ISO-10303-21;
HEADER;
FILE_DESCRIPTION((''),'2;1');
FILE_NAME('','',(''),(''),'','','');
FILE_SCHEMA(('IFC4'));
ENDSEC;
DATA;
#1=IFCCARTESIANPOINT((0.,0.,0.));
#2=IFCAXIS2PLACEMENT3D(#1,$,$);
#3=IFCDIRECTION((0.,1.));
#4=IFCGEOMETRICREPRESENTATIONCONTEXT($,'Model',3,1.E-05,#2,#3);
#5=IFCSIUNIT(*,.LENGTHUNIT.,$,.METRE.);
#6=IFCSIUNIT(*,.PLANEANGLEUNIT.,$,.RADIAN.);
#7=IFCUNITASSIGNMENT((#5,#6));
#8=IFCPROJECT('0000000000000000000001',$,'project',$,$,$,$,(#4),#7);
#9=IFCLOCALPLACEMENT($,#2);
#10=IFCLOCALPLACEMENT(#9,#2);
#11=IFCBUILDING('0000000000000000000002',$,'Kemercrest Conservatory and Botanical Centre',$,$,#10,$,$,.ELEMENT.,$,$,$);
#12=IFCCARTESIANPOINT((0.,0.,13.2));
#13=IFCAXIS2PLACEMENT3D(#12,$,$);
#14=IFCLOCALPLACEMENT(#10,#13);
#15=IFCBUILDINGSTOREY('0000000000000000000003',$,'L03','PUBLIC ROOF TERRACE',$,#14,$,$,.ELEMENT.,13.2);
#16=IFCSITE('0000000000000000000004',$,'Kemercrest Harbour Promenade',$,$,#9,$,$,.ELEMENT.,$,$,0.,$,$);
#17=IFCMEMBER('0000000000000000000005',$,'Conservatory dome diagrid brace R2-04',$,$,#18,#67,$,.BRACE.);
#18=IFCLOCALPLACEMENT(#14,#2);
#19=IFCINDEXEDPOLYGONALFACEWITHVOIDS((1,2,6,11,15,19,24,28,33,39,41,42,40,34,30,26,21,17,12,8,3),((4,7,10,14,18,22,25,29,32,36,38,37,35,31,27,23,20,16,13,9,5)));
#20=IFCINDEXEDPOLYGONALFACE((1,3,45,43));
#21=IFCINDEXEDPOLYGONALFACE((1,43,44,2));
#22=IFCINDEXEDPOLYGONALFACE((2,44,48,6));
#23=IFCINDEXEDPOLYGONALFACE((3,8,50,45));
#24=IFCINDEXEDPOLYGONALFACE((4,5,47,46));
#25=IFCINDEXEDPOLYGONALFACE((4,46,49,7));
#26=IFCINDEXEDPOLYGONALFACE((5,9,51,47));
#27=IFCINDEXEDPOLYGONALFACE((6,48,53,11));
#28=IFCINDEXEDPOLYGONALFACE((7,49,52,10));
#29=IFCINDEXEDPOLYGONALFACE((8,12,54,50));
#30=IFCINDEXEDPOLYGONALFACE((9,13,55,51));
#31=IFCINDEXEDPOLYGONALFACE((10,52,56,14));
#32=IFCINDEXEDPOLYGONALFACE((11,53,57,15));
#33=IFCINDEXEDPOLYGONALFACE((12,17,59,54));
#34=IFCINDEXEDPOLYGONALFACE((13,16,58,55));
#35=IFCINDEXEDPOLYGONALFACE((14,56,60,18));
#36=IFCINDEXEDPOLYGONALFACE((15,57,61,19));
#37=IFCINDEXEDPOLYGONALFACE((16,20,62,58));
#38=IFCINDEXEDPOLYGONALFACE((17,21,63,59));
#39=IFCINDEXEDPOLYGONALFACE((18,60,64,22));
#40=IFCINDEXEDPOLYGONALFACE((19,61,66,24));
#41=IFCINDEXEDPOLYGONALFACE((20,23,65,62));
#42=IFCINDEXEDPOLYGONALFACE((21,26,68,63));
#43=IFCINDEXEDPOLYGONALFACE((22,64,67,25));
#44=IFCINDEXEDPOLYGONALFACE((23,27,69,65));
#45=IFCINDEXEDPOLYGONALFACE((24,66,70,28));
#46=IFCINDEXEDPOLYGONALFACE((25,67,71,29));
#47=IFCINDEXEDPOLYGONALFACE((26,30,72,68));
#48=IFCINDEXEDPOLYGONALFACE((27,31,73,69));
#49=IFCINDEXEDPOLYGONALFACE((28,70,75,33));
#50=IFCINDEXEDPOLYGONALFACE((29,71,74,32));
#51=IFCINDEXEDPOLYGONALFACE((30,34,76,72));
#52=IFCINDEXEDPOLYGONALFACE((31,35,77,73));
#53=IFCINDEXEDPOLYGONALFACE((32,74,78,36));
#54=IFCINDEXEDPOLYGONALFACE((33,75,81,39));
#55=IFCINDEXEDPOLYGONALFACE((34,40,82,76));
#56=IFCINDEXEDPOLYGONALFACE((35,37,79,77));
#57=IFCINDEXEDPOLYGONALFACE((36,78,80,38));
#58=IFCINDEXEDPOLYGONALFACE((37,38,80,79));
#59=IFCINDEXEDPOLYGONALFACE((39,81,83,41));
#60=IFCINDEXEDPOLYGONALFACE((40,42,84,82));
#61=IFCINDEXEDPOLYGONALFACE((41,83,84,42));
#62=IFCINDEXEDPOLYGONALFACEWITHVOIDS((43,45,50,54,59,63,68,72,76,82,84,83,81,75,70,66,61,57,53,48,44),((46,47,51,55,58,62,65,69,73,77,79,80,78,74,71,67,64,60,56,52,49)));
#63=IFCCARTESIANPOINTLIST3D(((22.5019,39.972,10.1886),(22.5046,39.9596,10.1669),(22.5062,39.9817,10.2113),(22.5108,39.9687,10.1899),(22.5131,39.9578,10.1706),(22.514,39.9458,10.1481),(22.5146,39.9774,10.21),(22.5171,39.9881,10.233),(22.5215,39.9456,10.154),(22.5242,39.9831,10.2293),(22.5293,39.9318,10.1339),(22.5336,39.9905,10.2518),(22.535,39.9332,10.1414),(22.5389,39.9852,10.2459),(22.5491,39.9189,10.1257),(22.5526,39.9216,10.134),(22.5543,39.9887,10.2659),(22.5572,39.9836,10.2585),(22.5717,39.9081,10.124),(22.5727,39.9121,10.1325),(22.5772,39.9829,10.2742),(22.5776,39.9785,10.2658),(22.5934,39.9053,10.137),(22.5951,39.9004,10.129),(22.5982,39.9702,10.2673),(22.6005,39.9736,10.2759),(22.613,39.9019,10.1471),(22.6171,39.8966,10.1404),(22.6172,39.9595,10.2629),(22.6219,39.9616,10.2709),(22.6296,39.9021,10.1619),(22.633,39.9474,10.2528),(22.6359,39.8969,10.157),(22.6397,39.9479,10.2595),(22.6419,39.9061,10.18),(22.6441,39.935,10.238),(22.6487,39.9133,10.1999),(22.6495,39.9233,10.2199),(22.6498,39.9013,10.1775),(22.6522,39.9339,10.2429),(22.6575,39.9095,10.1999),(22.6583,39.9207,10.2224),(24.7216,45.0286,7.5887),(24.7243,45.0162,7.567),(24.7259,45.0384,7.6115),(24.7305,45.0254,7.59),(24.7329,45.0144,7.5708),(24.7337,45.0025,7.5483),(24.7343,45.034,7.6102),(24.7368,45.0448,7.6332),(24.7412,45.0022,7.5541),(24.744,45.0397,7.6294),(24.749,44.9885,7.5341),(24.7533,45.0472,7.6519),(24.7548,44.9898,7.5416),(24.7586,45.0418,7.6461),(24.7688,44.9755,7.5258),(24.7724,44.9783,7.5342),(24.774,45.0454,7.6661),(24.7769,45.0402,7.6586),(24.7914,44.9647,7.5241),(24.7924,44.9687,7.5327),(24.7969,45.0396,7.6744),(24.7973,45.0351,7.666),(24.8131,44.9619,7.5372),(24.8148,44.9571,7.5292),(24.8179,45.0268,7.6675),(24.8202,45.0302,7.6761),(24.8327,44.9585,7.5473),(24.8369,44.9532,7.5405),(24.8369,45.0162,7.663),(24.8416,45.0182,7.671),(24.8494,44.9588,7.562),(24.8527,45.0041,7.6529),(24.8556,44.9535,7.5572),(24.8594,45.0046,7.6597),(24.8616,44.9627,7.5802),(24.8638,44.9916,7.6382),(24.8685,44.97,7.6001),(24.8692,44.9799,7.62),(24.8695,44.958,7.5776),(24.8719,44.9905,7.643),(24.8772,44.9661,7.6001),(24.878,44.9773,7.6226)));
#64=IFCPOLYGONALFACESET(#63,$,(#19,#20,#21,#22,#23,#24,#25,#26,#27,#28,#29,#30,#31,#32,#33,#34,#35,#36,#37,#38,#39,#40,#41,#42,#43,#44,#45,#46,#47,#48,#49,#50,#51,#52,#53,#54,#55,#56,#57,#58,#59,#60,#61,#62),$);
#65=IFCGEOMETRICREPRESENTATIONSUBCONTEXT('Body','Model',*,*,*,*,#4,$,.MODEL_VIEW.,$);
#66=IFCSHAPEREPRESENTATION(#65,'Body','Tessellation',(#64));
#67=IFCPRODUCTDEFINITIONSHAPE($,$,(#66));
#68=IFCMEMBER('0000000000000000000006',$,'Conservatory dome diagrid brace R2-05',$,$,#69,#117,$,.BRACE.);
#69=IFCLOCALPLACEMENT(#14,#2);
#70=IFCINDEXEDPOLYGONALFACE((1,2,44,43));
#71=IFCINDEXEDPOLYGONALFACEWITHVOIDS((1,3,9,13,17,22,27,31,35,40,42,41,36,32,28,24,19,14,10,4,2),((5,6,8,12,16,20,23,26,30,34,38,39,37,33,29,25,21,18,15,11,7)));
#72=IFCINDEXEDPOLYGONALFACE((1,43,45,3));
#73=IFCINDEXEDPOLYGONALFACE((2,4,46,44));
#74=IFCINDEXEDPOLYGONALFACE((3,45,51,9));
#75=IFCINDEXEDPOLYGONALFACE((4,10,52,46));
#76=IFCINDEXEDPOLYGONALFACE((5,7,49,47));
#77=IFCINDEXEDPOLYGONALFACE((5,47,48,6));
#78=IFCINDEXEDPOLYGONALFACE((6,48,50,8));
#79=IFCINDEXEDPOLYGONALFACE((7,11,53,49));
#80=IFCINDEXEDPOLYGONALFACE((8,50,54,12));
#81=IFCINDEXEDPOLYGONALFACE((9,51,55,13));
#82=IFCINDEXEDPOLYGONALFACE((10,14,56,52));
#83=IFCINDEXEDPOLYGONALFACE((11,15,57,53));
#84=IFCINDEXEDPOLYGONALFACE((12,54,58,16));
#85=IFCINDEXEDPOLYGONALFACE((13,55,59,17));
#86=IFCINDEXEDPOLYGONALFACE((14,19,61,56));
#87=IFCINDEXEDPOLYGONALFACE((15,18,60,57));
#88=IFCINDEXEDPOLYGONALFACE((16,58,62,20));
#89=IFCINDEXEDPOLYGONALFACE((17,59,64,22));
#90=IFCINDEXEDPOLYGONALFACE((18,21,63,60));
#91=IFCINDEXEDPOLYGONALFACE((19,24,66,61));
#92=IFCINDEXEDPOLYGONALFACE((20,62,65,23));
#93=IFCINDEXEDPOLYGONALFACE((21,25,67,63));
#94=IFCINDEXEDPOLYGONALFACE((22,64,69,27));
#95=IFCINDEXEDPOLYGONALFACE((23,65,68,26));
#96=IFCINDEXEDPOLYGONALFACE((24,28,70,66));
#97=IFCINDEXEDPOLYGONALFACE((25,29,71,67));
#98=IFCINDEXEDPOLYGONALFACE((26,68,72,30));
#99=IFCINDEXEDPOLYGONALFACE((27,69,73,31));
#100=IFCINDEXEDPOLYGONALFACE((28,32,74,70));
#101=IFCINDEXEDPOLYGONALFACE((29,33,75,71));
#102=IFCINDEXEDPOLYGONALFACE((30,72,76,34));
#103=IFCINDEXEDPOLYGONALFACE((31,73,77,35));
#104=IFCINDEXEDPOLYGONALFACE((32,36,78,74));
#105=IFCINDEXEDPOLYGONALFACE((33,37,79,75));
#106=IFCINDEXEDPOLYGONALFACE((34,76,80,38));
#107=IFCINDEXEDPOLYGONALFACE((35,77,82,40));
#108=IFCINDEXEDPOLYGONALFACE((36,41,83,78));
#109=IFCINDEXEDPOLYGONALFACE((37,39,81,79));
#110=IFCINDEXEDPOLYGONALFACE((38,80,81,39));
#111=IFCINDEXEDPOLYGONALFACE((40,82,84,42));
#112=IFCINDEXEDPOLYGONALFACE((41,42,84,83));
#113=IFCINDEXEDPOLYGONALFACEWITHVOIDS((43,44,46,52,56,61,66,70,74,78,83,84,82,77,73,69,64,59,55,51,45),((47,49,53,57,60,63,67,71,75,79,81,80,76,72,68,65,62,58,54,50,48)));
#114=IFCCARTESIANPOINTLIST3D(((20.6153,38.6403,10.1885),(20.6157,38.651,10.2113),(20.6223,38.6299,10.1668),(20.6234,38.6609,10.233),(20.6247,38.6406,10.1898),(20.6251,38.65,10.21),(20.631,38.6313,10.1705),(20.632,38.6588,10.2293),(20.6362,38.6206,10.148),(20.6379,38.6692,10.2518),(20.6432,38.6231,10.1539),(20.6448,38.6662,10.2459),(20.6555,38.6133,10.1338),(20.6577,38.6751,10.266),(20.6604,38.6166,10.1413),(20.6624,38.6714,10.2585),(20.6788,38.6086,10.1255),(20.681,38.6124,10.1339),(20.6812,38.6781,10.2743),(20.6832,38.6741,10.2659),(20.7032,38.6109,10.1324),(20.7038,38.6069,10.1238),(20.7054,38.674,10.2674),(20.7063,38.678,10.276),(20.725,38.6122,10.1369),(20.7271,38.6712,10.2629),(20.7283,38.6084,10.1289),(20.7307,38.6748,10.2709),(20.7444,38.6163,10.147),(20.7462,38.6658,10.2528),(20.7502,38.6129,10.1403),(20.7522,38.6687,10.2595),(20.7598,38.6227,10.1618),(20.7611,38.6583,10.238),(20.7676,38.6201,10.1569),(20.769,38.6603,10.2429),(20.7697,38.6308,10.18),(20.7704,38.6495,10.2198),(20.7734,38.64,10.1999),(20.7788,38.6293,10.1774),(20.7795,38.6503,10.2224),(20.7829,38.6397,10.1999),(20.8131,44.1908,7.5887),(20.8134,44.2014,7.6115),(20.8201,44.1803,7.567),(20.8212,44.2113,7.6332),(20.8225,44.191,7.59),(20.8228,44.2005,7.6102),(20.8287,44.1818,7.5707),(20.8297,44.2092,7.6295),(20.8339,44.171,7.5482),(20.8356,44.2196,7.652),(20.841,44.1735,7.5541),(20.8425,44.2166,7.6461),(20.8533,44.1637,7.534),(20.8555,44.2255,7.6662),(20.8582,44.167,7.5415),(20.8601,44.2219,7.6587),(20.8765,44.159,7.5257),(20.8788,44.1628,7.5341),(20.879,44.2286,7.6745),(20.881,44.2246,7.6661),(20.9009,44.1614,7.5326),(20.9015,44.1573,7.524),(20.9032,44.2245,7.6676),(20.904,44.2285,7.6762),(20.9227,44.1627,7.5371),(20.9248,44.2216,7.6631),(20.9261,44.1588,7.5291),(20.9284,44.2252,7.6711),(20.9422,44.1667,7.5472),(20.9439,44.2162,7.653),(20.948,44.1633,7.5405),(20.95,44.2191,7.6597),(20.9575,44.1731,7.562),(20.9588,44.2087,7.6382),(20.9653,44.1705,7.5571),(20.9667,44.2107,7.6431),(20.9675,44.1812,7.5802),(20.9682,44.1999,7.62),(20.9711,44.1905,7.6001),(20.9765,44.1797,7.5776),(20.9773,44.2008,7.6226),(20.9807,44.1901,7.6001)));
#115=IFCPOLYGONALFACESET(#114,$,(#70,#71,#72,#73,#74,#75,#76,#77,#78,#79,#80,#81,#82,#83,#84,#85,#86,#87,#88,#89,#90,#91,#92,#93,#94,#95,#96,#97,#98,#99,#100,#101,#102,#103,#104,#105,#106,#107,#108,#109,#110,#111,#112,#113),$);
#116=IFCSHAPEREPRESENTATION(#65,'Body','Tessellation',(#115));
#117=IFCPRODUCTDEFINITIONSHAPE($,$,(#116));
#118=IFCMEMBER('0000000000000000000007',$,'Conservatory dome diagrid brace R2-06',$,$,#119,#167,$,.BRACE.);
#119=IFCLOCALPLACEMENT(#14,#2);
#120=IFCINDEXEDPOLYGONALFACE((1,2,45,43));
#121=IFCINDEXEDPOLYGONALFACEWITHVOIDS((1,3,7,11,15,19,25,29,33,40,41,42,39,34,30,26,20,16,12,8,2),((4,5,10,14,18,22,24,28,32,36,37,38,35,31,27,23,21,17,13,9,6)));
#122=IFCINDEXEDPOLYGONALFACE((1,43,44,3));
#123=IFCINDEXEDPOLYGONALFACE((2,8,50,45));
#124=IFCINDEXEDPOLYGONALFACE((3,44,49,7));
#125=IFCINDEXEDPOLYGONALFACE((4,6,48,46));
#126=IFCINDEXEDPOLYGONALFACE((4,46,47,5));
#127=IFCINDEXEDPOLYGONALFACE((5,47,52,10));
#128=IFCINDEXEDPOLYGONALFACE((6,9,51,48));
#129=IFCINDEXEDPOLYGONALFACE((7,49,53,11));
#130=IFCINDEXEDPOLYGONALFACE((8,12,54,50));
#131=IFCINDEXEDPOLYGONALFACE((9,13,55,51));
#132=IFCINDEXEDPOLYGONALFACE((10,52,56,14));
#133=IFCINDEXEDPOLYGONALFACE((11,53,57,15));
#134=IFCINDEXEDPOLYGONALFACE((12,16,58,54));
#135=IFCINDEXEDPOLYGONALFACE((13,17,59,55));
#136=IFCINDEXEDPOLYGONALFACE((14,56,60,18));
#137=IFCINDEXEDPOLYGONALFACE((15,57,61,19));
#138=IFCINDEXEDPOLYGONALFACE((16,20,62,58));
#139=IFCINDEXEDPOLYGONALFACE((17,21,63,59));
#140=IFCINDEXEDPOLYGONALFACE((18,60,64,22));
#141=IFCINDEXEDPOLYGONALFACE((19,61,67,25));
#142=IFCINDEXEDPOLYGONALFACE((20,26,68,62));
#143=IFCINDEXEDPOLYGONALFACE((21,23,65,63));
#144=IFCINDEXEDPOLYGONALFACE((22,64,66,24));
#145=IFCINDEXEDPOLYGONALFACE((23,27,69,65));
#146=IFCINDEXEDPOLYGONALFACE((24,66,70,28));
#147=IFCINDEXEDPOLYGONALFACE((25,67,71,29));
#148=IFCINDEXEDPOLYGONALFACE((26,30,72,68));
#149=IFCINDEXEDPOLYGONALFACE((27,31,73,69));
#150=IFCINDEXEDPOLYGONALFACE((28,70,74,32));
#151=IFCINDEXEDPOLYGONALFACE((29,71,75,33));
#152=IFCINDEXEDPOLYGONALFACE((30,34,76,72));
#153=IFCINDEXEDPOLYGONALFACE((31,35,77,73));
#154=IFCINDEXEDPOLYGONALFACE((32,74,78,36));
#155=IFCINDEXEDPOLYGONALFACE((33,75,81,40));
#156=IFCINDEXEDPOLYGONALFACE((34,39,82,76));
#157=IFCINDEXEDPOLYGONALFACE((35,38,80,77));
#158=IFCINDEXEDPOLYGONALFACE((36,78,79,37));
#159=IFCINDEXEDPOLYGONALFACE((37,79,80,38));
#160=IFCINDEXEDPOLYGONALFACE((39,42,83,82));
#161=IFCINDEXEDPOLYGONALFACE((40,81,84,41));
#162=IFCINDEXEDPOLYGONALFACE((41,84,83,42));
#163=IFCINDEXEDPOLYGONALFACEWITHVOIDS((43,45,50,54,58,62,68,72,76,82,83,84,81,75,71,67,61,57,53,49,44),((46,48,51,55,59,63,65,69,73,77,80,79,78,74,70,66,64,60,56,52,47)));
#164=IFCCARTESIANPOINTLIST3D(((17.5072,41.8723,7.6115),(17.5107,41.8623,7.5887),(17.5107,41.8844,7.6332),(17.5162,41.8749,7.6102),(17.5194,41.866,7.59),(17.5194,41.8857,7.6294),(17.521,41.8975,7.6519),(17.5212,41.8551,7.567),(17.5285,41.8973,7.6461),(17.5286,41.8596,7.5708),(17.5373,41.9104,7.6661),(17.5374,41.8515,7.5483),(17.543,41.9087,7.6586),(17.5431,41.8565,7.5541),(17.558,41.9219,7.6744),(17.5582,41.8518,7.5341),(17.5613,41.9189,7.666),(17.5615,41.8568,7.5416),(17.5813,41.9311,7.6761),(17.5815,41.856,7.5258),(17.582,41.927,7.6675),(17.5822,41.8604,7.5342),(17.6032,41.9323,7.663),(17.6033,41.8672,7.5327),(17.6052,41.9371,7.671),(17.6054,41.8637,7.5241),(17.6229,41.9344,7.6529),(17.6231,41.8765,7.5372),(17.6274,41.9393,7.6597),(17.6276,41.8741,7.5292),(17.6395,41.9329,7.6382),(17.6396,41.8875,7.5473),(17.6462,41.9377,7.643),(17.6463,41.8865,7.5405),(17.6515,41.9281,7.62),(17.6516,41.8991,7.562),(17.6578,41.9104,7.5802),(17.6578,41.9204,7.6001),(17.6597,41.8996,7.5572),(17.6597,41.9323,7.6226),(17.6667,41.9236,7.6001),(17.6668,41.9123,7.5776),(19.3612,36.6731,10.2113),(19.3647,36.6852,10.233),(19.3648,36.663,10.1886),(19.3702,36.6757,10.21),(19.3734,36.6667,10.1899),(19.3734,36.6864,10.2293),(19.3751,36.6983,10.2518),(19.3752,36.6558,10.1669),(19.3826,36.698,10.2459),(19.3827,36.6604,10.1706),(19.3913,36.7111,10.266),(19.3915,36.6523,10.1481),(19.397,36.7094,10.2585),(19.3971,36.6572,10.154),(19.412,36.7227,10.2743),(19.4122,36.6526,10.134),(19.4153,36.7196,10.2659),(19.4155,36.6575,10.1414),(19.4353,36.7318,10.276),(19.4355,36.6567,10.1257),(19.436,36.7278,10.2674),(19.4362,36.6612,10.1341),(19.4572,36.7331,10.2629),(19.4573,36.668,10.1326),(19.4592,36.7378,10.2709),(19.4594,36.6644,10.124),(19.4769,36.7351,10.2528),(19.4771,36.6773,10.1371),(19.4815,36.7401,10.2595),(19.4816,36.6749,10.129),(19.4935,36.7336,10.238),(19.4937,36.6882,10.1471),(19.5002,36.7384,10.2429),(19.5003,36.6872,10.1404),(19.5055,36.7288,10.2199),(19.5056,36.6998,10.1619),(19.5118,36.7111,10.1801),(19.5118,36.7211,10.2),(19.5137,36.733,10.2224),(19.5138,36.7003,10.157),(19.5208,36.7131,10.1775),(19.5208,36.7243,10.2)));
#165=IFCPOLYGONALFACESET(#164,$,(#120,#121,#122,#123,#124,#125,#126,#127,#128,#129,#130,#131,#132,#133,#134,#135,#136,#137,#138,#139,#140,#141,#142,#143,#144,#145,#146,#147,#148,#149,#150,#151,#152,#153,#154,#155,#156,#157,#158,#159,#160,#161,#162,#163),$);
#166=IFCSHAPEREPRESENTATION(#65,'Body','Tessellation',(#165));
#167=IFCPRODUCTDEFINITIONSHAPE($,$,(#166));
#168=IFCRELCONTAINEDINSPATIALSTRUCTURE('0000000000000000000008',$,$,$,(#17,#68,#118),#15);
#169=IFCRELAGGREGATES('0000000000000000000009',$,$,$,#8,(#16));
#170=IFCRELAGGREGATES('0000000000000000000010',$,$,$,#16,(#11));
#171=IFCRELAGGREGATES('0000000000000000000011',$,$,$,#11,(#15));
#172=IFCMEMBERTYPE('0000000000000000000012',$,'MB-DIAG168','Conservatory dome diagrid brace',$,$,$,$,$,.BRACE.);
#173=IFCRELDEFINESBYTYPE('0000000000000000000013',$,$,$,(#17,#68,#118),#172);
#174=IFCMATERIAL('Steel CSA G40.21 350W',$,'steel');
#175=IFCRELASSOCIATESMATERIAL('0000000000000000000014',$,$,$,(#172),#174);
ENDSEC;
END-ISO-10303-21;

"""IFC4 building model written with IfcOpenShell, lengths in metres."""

from ifc_helpers import new_model, si_unit, direction, frame, origin, origin_2d, place, context, subcontext, project, spatial, hollow_circle, extrude, material, material_profile, profile_set, type_object, element, save


model = new_model("IFC4")

# Units and contexts
model_context = context("Model", 3, precision=1e-05, world=origin(), true_north=direction((0.0, 1.0)))
body_context = subcontext(model_context, "Body", "Model", "MODEL_VIEW")
ifc_project = project(units=[si_unit("LENGTHUNIT", "METRE"), si_unit("PLANEANGLEUNIT", "RADIAN")], contexts=[model_context])

# Site, building, storey
site_placement = place(None, origin())
site = spatial("IfcSite", under=ifc_project, at=site_placement, Name="Kemercrest Harbour Promenade", CompositionType="ELEMENT", RefElevation=0.0)
building_placement = place(site_placement, origin())
building = spatial("IfcBuilding", under=site, at=building_placement, Name="Kemercrest Conservatory and Botanical Centre", CompositionType="ELEMENT")
storey_placement = place(building_placement, frame((0.0, 0.0, 13.2)))
storey = spatial("IfcBuildingStorey", under=building, at=storey_placement, Name="L03", Description="PUBLIC ROOF TERRACE", CompositionType="ELEMENT", Elevation=13.2)

# Shared definitions
ifc_material_1 = material(Name="Steel CSA G40.21 350W", Category="steel")

# Members
ifc_material_profile_1 = material_profile(ifc_material_1, hollow_circle(Radius=0.0842, WallThickness=0.0095, at=origin_2d()), Name="CHS 168.3x9.5")
ifc_profile_set_1 = profile_set([ifc_material_profile_1], Name="Steel CSA G40.21 350W")
member_type_1 = type_object("IfcMemberType", Name="MB-DIAG168", Description="Conservatory dome diagrid brace", PredefinedType="BRACE", material=ifc_profile_set_1)
member_1_placement = place(storey_placement, frame((24.8, 45.0, 7.6001), z_axis=(-0.363665, -0.828445, 0.425942), x_axis=(0.915661, -0.40195, 0.0)))
element("IfcMember", 1, at=member_1_placement, inside=storey, type_object=member_type_1, Name="Conservatory dome diagrid brace R2-04", PredefinedType="BRACE", context=body_context, shape_type="SweptSolid", body=[
    extrude(hollow_circle(Radius=0.0842, WallThickness=0.0095, at=origin_2d()), origin(), (0.0, 0.0, 1.0), 6.1038),
])
member_2_placement = place(storey_placement, frame((20.8965, 44.1931, 7.6001), z_axis=(-0.032247, -0.905111, 0.423951), x_axis=(0.999366, -0.035605, 0.0)))
element("IfcMember", 2, at=member_2_placement, inside=storey, type_object=member_type_1, Name="Conservatory dome diagrid brace R2-05", PredefinedType="BRACE", context=body_context, shape_type="SweptSolid", body=[
    extrude(hollow_circle(Radius=0.0842, WallThickness=0.0095, at=origin_2d()), origin(), (0.0, 0.0, 1.0), 6.1323),
])
member_3_placement = place(storey_placement, frame((17.5874, 41.8953, 7.6001), z_axis=(0.30386, -0.85212, 0.4261), x_axis=(0.941906, 0.335877, 0.0)))
element("IfcMember", 3, at=member_3_placement, inside=storey, type_object=member_type_1, Name="Conservatory dome diagrid brace R2-06", PredefinedType="BRACE", context=body_context, shape_type="SweptSolid", body=[
    extrude(hollow_circle(Radius=0.0842, WallThickness=0.0095, at=origin_2d()), origin(), (0.0, 0.0, 1.0), 6.1016),
])

save(model, "model.ifc")
